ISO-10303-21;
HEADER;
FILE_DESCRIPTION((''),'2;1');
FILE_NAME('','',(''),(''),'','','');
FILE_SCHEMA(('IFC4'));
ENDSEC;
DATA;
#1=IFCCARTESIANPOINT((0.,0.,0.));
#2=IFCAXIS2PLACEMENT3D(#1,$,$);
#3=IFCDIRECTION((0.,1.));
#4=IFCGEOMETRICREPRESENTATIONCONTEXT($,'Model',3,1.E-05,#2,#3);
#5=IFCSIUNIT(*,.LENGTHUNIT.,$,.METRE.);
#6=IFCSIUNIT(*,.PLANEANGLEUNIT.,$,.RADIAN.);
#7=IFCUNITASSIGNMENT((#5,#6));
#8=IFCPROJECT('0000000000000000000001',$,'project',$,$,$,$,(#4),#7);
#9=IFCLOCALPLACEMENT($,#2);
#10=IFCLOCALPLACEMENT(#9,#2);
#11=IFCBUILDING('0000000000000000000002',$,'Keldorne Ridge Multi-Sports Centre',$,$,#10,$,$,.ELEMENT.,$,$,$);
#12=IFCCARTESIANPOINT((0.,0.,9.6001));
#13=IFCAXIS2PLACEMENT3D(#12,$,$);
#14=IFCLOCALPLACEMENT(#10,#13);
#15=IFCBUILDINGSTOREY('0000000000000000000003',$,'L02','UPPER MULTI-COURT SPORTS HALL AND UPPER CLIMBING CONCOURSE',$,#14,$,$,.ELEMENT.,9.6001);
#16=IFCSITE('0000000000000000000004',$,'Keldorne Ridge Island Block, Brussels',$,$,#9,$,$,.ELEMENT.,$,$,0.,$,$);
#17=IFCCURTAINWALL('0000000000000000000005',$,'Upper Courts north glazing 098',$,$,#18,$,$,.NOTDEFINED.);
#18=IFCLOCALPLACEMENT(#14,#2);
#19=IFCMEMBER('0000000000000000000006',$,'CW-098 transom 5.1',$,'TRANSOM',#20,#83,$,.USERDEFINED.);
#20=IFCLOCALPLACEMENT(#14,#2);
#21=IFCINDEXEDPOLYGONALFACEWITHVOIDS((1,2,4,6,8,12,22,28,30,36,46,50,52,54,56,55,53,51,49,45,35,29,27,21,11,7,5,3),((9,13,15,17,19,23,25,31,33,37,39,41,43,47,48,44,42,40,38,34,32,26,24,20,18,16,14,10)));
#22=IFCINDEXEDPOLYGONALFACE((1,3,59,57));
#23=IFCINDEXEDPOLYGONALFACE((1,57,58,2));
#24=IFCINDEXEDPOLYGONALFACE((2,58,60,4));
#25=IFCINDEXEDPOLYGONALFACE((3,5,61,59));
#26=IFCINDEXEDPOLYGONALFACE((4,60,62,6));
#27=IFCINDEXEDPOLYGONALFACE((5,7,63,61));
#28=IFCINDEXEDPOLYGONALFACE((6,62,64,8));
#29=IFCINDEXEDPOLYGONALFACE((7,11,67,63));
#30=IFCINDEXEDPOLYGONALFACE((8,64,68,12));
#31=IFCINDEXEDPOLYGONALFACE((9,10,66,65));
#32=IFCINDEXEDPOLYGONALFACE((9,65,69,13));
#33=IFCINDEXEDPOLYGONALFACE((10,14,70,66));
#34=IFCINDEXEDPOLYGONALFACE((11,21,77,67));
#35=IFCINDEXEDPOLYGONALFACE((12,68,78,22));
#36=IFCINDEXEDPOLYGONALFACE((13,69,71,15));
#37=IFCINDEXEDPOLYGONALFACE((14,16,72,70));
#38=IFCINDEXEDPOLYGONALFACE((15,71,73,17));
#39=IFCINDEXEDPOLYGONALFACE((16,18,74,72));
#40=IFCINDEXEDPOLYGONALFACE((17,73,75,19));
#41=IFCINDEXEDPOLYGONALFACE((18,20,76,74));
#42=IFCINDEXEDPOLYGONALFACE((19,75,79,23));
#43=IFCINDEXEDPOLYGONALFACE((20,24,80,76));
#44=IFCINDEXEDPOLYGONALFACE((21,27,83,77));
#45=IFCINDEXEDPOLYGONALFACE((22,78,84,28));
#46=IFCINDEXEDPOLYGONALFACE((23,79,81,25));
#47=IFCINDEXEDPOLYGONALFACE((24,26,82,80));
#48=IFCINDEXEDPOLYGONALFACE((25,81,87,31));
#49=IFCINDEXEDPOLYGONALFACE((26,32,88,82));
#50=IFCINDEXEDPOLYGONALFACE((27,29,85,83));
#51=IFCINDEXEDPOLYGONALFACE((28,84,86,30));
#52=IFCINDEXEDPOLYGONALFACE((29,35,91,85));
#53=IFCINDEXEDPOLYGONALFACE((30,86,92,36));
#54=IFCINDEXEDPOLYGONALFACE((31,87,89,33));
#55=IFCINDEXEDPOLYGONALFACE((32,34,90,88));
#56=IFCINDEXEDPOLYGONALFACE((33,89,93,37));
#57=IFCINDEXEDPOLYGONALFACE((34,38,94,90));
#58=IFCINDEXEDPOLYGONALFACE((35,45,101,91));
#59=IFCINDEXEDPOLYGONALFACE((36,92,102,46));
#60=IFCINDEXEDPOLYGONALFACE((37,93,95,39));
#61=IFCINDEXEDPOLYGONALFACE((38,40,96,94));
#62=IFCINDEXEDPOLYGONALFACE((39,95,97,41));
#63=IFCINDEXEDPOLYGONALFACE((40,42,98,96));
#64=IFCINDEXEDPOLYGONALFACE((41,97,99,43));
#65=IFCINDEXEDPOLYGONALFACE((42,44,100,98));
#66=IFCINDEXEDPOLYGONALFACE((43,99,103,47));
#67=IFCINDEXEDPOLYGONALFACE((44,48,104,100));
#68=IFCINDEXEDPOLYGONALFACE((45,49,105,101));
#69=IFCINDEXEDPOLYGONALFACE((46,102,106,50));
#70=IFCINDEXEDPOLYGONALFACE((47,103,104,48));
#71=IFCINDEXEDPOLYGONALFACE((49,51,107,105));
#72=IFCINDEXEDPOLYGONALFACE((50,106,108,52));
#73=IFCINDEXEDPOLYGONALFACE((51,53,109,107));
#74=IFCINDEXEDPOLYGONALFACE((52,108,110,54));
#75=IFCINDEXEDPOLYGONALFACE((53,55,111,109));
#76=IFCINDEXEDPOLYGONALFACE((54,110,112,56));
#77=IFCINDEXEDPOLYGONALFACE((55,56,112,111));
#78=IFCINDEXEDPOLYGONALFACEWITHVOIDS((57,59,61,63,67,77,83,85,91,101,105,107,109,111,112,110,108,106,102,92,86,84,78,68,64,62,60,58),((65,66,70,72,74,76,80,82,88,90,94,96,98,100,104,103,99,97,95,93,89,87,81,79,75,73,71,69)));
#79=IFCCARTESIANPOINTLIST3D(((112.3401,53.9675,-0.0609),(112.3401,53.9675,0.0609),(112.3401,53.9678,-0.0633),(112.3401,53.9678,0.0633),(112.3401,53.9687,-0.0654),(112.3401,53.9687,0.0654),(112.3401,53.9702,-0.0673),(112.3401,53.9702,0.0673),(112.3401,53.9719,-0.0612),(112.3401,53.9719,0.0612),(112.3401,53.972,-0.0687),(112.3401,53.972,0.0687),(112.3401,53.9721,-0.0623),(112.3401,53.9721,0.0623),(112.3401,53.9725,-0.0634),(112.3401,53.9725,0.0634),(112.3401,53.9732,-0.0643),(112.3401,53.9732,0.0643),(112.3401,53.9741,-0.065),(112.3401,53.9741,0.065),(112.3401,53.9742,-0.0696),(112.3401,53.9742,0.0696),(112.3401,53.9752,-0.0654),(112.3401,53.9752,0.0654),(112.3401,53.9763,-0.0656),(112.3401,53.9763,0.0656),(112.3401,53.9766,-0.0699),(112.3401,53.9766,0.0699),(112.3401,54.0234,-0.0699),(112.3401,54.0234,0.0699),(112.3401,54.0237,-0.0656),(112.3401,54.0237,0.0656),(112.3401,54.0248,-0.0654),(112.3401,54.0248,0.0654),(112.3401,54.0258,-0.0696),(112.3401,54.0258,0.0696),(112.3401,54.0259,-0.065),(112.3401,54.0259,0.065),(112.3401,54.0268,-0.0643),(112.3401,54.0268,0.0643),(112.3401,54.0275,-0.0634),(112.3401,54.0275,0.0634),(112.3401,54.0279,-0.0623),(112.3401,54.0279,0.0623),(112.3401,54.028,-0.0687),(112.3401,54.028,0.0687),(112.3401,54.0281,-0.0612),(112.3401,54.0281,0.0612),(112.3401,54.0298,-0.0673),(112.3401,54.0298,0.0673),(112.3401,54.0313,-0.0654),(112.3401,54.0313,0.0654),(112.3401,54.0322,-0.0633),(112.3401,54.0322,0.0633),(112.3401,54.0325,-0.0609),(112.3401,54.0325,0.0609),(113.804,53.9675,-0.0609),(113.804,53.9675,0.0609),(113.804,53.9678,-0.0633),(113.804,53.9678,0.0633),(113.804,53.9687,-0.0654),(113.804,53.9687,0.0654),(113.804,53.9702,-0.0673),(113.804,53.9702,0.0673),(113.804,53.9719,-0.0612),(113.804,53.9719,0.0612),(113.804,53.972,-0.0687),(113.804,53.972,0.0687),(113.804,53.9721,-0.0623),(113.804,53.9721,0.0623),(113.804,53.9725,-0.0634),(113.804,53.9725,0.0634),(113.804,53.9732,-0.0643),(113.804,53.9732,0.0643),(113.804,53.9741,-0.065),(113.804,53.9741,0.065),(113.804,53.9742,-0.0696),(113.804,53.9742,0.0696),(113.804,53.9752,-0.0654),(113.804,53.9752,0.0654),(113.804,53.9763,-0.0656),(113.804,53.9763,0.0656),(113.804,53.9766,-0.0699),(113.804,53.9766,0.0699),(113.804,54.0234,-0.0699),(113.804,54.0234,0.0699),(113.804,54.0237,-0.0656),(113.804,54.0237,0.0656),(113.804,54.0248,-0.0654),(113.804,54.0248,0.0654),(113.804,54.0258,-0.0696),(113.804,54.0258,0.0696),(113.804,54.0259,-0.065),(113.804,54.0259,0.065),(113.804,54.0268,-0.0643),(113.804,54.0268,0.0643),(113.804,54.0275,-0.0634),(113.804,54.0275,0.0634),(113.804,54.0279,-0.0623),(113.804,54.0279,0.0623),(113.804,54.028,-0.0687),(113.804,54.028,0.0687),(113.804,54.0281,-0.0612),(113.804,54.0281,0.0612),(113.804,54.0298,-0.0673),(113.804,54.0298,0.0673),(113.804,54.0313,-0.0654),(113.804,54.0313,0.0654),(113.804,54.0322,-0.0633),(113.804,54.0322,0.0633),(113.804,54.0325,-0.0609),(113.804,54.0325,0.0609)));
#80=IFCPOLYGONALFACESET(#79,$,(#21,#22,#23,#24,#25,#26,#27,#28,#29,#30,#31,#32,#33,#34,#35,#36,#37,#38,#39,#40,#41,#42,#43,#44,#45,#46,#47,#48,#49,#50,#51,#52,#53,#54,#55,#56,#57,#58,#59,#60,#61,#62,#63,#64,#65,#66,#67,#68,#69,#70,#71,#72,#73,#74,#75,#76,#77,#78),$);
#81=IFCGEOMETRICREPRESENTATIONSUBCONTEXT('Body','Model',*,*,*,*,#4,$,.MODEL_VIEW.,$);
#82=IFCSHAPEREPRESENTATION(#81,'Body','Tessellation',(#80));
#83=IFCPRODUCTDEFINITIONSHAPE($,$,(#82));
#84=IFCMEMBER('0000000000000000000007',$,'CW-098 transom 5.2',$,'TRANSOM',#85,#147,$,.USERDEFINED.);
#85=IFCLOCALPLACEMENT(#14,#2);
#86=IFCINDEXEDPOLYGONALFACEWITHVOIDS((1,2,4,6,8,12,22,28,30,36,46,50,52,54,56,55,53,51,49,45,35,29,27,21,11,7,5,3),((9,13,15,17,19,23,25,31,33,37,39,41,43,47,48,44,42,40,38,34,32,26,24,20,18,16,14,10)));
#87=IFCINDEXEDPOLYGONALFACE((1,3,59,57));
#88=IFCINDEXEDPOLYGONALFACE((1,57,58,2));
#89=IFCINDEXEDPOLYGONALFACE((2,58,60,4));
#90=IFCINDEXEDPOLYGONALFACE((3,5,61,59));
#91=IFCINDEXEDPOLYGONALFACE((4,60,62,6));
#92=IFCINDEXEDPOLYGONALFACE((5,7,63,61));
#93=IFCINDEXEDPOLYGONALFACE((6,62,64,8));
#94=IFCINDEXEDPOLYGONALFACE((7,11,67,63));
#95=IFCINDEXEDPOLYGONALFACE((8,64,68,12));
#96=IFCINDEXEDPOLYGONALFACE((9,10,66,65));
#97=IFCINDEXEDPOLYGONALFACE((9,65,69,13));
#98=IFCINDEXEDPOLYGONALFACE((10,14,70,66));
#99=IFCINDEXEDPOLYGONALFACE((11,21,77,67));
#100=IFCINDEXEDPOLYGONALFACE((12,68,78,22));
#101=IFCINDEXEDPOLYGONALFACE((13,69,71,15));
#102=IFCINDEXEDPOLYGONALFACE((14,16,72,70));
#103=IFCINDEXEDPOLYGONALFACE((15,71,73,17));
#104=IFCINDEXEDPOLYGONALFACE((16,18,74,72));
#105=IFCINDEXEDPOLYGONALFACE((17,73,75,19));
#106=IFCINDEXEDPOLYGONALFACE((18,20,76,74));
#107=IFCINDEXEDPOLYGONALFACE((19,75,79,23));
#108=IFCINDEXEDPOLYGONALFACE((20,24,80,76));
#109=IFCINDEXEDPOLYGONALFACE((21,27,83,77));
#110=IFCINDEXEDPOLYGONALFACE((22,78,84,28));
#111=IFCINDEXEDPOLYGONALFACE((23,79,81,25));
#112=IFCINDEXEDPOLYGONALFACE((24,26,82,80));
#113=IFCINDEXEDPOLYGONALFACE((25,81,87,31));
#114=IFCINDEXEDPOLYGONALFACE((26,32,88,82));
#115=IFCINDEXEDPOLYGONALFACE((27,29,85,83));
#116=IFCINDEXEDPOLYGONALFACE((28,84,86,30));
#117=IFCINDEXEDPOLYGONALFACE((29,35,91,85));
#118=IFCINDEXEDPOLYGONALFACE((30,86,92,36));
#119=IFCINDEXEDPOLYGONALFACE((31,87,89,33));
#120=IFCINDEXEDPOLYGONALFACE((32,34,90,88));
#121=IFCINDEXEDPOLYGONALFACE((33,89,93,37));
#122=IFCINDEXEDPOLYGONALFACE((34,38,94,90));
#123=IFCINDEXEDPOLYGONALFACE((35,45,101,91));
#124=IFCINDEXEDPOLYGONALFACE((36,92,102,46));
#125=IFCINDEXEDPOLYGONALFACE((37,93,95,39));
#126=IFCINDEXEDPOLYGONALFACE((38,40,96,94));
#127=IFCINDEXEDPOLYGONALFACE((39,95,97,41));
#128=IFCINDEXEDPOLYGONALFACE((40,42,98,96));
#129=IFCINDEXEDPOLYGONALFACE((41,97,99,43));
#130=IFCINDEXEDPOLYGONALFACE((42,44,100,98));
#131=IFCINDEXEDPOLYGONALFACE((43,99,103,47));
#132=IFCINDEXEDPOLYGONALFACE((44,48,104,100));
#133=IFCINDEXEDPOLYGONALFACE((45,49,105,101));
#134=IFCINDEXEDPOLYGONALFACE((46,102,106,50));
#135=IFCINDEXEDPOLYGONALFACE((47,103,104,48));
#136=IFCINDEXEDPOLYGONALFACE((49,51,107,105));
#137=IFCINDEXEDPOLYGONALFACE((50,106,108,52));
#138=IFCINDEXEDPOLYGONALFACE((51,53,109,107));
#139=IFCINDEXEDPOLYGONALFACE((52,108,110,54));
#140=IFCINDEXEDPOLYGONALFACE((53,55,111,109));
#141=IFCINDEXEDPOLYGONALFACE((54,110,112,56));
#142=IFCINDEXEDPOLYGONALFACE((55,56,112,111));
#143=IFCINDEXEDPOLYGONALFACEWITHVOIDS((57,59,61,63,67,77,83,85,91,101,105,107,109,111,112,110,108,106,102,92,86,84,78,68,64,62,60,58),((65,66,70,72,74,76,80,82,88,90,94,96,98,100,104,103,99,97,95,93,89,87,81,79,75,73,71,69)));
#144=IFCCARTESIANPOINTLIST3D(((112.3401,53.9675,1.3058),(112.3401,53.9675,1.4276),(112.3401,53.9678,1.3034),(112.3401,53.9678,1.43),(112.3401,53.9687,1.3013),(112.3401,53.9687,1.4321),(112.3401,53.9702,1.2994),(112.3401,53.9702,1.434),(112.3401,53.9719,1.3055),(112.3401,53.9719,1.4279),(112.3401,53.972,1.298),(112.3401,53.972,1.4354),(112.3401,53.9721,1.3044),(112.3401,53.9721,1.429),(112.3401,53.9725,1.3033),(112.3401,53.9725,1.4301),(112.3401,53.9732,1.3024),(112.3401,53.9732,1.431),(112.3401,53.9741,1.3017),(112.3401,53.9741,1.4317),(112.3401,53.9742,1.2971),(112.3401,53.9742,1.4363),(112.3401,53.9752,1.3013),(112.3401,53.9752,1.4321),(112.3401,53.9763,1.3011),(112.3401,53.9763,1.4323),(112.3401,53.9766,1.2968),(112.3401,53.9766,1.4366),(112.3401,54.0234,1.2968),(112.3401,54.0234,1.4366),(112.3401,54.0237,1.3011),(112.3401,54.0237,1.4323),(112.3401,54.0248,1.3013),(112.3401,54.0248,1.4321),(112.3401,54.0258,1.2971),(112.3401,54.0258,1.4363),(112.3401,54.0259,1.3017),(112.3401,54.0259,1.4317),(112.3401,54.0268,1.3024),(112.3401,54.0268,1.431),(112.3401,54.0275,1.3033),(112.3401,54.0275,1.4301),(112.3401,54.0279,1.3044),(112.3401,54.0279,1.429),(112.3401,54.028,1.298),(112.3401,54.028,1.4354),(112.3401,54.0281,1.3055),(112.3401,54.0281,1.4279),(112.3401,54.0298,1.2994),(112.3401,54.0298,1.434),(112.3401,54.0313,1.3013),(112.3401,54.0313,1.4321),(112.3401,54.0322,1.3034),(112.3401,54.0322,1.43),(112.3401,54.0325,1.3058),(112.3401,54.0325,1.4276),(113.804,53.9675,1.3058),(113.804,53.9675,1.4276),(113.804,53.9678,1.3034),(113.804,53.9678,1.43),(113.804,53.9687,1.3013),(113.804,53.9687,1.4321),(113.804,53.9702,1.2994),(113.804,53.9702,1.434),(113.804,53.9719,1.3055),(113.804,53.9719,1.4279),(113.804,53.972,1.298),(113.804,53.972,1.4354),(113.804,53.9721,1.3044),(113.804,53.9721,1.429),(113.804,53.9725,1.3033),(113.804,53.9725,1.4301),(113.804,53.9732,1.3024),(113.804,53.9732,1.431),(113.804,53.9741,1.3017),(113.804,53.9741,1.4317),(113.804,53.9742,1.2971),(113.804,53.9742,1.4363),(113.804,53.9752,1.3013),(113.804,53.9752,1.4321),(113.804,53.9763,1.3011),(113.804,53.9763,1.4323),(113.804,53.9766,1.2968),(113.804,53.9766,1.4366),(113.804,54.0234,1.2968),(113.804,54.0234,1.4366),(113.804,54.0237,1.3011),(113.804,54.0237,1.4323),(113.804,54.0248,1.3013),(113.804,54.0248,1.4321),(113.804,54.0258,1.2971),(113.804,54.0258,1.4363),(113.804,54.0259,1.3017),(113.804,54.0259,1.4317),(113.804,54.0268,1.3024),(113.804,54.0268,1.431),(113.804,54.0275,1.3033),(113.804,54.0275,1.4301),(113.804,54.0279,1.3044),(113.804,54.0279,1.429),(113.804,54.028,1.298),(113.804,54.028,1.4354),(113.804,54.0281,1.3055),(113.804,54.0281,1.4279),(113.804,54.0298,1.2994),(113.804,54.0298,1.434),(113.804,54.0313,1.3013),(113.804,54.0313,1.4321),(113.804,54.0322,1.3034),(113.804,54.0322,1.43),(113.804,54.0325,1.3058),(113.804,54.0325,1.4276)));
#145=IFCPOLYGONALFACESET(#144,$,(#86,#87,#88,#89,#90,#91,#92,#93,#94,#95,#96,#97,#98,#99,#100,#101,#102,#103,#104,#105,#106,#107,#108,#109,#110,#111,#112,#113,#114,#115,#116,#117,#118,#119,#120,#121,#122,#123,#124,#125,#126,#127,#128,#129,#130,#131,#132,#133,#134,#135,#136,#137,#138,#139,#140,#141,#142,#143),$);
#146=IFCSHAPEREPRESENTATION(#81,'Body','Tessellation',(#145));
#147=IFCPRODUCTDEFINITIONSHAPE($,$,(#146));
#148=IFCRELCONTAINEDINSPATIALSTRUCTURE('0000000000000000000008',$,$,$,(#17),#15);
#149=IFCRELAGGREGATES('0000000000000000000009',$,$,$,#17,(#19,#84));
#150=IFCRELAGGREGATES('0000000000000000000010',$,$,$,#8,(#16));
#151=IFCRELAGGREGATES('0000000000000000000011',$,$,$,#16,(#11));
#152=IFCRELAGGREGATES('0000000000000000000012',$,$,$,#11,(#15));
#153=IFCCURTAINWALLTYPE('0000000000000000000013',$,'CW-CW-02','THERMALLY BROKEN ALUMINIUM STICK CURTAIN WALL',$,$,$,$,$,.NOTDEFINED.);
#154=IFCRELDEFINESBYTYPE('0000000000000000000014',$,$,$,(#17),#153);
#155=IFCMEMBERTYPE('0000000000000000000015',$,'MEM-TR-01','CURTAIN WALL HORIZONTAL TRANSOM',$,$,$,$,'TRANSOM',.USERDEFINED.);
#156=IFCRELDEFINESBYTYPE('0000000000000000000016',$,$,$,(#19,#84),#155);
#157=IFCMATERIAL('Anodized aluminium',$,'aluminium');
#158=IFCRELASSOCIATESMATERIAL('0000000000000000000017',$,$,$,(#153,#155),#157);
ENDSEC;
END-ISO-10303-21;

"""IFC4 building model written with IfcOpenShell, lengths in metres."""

from ifc_helpers import new_model, si_unit, direction, frame, origin, origin_2d, place, context, subcontext, project, spatial, hollow_rectangle, extrude, material, material_profile, profile_set, type_object, element, aggregate, save


model = new_model("IFC4")

# Units and contexts
model_context = context("Model", 3, precision=1e-05, world=origin(), true_north=direction((0.0, 1.0)))
body_context = subcontext(model_context, "Body", "Model", "MODEL_VIEW")
ifc_project = project(units=[si_unit("LENGTHUNIT", "METRE"), si_unit("PLANEANGLEUNIT", "RADIAN")], contexts=[model_context])

# Site, building, storey
site_placement = place(None, origin())
site = spatial("IfcSite", under=ifc_project, at=site_placement, Name="Keldorne Ridge Island Block, Brussels", CompositionType="ELEMENT", RefElevation=0.0)
building_placement = place(site_placement, origin())
building = spatial("IfcBuilding", under=site, at=building_placement, Name="Keldorne Ridge Multi-Sports Centre", CompositionType="ELEMENT")
storey_placement = place(building_placement, frame((0.0, 0.0, 9.6001)))
storey = spatial("IfcBuildingStorey", under=building, at=storey_placement, Name="L02", Description="UPPER MULTI-COURT SPORTS HALL AND UPPER CLIMBING CONCOURSE", CompositionType="ELEMENT", Elevation=9.6001)

# Curtain wall, members
ifc_material_1 = material(Name="Anodized aluminium", Category="aluminium")
curtain_wall_type = type_object("IfcCurtainWallType", Name="CW-CW-02", Description="THERMALLY BROKEN ALUMINIUM STICK CURTAIN WALL", PredefinedType="NOTDEFINED", material=ifc_material_1)
curtain_wall_placement = place(storey_placement, origin())
curtain_wall = element("IfcCurtainWall", 1, at=curtain_wall_placement, inside=storey, type_object=curtain_wall_type, Name="Upper Courts north glazing 098", PredefinedType="NOTDEFINED")
ifc_material_profile_1 = material_profile(ifc_material_1, hollow_rectangle(XDim=0.0649, YDim=0.1399, WallThickness=0.0044, InnerFilletRadius=0.0044, OuterFilletRadius=0.009, at=origin_2d()), Name="ALU TRANSOM 140x65x4.5")
ifc_profile_set_1 = profile_set([ifc_material_profile_1], Name="Anodized aluminium")
member_type_1 = type_object("IfcMemberType", Name="MEM-TR-01", Description="CURTAIN WALL HORIZONTAL TRANSOM", ElementType="TRANSOM", PredefinedType="USERDEFINED", material=ifc_profile_set_1)
member_1_placement = place(storey_placement, frame((113.804, 54.0, 0.0), z_axis=(-1.0, 0.0, 0.0), x_axis=(0.0, -1.0, 0.0)))
member_1 = element("IfcMember", 2, at=member_1_placement, type_object=member_type_1, Name="CW-098 transom 5.1", ObjectType="TRANSOM", PredefinedType="USERDEFINED", context=body_context, shape_type="SweptSolid", body=[
    extrude(hollow_rectangle(XDim=0.0649, YDim=0.1399, WallThickness=0.0044, InnerFilletRadius=0.0044, OuterFilletRadius=0.009, at=origin_2d()), origin(), (0.0, 0.0, 1.0), 1.4639),
])
member_2_placement = place(storey_placement, frame((113.804, 54.0, 1.3667), z_axis=(-1.0, 0.0, 0.0), x_axis=(0.0, -1.0, 0.0)))
member_2 = element("IfcMember", 3, at=member_2_placement, type_object=member_type_1, Name="CW-098 transom 5.2", ObjectType="TRANSOM", PredefinedType="USERDEFINED", context=body_context, shape_type="SweptSolid", body=[
    extrude(hollow_rectangle(XDim=0.0649, YDim=0.1399, WallThickness=0.0044, InnerFilletRadius=0.0044, OuterFilletRadius=0.009, at=origin_2d()), origin(), (0.0, 0.0, 1.0), 1.4639),
])
aggregate(curtain_wall, [member_1, member_2])

save(model, "model.ifc")
